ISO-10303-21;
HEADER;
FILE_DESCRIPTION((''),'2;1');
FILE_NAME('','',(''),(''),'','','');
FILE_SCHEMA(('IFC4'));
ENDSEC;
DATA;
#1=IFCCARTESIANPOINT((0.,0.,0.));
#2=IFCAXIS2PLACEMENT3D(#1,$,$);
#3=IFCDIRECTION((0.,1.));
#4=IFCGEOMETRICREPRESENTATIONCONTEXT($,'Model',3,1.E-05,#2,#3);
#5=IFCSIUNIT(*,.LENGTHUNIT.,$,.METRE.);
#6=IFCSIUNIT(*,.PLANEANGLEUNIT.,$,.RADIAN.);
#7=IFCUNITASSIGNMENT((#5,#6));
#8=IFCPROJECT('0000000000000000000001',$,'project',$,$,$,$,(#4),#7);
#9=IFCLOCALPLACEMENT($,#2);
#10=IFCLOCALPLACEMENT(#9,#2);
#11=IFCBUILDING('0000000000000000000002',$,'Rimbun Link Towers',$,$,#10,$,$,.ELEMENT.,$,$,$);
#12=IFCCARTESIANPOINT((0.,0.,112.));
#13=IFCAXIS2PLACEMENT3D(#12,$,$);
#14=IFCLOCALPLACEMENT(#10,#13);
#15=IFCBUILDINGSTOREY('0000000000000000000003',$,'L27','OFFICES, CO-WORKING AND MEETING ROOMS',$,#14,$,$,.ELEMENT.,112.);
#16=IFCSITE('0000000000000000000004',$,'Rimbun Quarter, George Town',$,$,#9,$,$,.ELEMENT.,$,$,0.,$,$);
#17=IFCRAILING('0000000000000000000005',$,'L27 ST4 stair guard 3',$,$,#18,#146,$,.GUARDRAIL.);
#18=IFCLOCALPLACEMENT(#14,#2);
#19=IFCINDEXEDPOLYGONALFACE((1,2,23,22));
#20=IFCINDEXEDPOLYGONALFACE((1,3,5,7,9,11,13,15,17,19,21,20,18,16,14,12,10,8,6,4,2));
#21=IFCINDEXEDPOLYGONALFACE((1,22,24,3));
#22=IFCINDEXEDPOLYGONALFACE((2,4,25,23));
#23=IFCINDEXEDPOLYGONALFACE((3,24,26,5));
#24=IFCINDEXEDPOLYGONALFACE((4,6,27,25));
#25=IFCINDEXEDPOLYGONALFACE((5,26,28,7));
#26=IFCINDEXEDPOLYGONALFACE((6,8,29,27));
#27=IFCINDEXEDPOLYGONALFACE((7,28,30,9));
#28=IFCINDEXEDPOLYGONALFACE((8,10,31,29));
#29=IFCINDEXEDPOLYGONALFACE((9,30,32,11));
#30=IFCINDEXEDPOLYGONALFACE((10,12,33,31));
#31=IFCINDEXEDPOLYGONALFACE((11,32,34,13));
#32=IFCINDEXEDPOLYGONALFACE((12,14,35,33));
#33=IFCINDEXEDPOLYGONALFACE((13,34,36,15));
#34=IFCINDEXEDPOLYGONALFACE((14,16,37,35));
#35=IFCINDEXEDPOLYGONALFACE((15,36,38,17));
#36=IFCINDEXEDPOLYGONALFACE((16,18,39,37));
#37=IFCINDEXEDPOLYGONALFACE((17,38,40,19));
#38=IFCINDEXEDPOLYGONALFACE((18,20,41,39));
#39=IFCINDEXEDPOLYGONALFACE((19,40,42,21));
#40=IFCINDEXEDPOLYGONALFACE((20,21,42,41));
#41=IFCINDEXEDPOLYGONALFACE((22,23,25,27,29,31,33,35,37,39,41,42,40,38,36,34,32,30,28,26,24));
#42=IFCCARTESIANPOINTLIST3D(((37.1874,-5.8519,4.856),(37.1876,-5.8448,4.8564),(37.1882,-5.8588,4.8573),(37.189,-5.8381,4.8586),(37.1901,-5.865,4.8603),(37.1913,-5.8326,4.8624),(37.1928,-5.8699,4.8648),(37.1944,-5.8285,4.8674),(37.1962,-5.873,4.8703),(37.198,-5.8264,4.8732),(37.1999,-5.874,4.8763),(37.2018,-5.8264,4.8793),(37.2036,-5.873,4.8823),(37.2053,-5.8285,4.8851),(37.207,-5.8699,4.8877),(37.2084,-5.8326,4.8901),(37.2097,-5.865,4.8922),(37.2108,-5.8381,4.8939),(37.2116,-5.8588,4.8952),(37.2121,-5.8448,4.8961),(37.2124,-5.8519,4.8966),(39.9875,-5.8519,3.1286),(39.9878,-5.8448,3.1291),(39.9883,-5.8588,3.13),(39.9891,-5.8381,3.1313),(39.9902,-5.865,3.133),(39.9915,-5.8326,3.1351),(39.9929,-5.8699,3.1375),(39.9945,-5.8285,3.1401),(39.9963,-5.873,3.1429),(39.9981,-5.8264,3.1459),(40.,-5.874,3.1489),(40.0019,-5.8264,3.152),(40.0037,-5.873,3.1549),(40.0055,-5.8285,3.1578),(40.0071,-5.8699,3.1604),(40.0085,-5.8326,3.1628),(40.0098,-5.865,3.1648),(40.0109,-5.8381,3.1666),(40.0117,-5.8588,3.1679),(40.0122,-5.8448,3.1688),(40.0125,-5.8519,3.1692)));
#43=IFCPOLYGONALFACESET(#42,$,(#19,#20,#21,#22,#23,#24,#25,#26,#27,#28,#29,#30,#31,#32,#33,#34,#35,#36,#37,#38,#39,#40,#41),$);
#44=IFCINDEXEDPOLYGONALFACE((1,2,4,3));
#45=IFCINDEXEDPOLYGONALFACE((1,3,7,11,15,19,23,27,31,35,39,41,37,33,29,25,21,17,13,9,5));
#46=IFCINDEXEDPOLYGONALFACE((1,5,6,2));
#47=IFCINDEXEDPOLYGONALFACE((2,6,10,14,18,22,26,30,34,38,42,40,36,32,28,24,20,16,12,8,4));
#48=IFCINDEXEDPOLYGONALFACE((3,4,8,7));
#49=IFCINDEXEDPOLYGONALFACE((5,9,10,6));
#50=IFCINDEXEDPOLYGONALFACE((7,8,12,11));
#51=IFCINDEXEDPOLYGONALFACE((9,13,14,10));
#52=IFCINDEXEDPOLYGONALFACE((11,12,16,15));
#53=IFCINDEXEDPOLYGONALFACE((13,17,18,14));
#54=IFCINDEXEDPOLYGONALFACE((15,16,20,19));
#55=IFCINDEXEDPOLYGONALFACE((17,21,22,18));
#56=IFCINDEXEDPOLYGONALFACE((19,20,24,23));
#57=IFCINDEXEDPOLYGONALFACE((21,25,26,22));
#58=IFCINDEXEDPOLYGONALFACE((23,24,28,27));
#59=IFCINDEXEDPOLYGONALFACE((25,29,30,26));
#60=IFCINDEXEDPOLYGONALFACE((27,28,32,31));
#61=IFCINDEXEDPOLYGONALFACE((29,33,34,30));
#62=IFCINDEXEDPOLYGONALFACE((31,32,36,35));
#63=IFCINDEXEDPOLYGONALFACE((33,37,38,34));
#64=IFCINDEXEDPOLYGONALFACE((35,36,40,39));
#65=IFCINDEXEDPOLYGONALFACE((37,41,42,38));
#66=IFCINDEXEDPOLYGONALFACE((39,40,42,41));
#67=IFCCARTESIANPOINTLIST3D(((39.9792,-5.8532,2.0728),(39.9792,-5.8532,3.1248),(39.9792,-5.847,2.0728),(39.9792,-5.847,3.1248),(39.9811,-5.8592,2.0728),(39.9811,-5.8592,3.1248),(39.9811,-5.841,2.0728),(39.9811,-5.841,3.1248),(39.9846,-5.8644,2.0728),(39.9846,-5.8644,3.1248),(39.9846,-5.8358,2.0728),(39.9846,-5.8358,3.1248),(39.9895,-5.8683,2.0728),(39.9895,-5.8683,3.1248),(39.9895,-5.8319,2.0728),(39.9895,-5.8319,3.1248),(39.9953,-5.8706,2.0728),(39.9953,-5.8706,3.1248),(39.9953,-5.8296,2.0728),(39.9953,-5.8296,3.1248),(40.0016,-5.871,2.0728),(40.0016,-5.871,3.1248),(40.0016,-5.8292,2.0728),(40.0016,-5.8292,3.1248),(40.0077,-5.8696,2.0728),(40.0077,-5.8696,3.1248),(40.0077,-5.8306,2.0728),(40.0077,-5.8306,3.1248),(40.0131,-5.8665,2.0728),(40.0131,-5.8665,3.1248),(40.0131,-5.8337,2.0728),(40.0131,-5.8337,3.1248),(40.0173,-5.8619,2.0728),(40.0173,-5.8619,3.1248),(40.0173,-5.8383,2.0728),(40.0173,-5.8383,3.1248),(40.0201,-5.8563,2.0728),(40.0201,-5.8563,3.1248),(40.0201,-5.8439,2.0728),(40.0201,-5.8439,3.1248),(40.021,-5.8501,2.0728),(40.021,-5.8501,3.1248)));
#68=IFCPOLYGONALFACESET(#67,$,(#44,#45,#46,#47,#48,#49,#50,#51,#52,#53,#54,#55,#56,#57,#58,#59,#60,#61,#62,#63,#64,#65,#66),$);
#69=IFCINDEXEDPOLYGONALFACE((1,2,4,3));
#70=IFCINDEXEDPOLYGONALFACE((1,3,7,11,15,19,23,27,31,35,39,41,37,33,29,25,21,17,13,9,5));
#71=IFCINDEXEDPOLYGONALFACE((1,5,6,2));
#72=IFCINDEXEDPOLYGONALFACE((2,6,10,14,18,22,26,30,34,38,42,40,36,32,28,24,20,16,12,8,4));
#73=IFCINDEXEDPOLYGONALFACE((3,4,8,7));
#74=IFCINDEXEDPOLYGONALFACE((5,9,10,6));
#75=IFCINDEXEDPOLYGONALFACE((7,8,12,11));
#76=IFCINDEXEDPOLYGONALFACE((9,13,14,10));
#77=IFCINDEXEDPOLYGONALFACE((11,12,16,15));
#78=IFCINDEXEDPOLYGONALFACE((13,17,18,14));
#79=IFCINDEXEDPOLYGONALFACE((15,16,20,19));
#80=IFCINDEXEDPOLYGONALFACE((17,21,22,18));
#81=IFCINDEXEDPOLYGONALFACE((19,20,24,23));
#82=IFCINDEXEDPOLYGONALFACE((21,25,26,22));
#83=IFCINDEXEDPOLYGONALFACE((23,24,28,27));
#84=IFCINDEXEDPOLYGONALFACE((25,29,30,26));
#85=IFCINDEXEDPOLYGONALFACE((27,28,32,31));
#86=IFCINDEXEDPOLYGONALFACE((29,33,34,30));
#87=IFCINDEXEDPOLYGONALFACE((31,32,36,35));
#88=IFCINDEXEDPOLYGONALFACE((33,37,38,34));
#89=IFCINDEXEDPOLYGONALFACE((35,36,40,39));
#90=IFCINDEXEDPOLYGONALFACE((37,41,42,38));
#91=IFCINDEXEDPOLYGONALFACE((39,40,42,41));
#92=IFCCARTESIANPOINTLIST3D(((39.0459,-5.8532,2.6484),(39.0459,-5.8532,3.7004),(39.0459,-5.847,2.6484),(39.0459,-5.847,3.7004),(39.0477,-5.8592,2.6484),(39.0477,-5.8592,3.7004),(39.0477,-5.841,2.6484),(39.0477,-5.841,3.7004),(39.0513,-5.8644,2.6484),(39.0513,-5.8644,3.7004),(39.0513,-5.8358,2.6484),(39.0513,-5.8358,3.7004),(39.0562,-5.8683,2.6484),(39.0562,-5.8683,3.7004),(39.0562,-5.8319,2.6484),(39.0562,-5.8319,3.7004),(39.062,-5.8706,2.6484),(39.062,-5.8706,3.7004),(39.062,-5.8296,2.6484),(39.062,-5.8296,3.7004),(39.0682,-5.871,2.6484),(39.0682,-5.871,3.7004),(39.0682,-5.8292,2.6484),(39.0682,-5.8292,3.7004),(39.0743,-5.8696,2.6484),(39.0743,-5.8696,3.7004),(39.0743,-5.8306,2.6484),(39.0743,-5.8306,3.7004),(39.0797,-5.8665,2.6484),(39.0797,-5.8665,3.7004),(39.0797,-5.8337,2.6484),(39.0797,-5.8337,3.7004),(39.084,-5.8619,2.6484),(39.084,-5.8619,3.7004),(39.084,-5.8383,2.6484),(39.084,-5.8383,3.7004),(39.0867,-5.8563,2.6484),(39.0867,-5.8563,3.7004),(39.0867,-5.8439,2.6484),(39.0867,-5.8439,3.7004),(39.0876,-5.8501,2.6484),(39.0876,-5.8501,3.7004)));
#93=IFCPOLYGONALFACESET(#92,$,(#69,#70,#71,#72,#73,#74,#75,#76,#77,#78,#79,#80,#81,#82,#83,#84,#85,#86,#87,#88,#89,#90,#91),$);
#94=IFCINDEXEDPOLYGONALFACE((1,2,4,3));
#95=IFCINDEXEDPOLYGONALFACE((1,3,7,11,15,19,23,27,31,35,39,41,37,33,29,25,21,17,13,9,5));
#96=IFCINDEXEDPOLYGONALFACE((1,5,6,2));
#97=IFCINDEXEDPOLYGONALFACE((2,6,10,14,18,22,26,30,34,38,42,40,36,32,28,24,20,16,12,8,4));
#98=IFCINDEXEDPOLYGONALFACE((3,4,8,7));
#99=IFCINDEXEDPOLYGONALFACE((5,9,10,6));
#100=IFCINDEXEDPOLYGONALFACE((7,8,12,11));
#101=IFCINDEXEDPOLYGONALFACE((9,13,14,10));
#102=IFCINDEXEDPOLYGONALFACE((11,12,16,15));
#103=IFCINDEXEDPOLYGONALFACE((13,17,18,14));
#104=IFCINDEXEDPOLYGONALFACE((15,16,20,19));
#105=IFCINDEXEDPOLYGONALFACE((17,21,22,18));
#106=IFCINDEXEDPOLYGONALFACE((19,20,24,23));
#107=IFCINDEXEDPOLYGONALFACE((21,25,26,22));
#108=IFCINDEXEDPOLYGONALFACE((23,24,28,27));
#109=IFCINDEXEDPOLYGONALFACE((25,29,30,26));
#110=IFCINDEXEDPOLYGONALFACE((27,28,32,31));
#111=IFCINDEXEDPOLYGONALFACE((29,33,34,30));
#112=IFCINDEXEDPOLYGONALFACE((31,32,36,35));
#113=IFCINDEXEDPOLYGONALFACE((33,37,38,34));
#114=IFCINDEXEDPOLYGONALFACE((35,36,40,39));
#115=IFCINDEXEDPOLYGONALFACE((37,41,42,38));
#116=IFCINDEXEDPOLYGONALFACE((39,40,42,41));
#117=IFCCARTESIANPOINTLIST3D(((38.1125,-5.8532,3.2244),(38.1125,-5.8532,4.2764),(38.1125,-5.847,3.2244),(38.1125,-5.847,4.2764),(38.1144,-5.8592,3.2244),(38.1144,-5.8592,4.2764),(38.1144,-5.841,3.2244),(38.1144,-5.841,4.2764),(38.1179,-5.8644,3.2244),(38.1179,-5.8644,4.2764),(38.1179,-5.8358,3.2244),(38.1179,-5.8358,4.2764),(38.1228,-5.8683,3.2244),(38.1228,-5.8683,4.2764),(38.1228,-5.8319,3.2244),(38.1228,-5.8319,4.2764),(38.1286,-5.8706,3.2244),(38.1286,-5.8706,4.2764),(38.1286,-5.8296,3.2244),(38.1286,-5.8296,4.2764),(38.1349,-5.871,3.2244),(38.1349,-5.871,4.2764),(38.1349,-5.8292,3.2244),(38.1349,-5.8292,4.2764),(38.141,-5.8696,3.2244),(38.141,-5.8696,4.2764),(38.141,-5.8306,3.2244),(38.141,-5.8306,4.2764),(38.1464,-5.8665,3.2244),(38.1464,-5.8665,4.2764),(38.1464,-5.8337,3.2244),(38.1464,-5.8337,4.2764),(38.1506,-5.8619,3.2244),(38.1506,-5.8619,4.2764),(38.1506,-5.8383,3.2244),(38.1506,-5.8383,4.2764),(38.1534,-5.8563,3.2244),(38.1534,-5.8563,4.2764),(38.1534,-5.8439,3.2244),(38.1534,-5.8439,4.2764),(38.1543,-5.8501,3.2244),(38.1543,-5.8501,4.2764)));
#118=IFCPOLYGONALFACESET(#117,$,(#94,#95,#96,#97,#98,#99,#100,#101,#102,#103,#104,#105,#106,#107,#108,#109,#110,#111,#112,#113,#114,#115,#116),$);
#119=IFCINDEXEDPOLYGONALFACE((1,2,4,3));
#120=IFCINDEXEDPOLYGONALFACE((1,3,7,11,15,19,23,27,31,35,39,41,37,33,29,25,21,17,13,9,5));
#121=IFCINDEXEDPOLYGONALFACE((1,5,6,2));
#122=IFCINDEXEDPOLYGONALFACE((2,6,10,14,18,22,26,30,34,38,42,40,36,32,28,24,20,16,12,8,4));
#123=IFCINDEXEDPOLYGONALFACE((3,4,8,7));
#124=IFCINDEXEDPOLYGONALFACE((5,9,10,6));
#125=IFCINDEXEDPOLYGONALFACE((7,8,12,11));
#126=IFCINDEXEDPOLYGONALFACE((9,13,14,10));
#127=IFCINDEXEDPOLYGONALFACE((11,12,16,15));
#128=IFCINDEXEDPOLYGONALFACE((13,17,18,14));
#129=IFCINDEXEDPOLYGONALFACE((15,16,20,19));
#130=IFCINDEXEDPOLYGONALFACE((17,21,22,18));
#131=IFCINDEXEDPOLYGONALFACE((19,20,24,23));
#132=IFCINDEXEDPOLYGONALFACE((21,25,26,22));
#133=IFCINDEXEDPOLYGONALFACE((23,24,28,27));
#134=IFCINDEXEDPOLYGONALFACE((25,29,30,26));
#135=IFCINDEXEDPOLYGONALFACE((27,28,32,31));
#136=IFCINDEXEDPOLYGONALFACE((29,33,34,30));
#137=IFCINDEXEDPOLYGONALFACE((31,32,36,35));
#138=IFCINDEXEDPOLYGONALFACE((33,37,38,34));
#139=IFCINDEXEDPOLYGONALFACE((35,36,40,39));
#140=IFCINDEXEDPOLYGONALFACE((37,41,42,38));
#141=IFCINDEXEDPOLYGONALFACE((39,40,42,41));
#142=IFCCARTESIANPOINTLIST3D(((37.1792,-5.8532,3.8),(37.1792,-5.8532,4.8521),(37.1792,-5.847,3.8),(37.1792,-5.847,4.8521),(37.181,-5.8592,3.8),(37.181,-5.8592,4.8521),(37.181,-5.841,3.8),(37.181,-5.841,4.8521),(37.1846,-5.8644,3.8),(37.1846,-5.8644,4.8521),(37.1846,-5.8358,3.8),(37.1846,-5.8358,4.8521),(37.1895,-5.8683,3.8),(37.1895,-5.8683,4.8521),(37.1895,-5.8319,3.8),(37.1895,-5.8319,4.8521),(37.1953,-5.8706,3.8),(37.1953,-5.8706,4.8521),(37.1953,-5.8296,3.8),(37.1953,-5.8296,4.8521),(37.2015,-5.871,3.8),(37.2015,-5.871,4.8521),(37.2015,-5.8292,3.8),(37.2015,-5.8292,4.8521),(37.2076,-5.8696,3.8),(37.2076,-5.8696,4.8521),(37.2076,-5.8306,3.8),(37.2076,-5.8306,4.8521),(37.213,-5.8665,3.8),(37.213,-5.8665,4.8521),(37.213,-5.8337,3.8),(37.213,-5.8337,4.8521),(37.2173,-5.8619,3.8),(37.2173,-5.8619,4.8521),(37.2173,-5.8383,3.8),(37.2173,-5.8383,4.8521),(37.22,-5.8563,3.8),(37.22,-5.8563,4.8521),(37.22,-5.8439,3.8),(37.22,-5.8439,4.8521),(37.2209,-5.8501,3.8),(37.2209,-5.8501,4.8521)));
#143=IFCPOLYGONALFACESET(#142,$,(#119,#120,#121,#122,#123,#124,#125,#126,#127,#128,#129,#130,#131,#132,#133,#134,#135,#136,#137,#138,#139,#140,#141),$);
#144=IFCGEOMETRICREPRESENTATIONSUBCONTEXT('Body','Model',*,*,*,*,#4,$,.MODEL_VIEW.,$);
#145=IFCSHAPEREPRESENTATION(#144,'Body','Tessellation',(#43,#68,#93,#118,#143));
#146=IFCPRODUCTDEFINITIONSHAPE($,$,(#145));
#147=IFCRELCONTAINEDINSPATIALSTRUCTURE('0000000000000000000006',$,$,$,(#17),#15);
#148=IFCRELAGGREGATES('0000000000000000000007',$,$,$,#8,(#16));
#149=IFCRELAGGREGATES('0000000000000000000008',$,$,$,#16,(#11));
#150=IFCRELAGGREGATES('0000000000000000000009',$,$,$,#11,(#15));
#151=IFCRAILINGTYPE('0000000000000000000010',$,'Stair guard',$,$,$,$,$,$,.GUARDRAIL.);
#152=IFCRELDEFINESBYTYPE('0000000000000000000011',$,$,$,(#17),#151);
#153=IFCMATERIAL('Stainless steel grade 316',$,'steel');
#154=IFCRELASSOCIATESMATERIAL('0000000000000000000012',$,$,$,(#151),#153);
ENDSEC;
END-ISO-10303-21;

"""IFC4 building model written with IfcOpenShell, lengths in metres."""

from ifc_helpers import new_model, si_unit, direction, frame, origin, origin_2d, place, context, subcontext, project, spatial, circle, extrude, material, type_object, element, save


model = new_model("IFC4")

# Units and contexts
model_context = context("Model", 3, precision=1e-05, world=origin(), true_north=direction((0.0, 1.0)))
body_context = subcontext(model_context, "Body", "Model", "MODEL_VIEW")
ifc_project = project(units=[si_unit("LENGTHUNIT", "METRE"), si_unit("PLANEANGLEUNIT", "RADIAN")], contexts=[model_context])

# Site, building, storey
site_placement = place(None, origin())
site = spatial("IfcSite", under=ifc_project, at=site_placement, Name="Rimbun Quarter, George Town", CompositionType="ELEMENT", RefElevation=0.0)
building_placement = place(site_placement, origin())
building = spatial("IfcBuilding", under=site, at=building_placement, Name="Rimbun Link Towers", CompositionType="ELEMENT")
storey_placement = place(building_placement, frame((0.0, 0.0, 112.0)))
storey = spatial("IfcBuildingStorey", under=building, at=storey_placement, Name="L27", Description="OFFICES, CO-WORKING AND MEETING ROOMS", CompositionType="ELEMENT", Elevation=112.0)

# Railing
ifc_material_1 = material(Name="Stainless steel grade 316", Category="steel")
railing_type_1 = type_object("IfcRailingType", Name="Stair guard", PredefinedType="GUARDRAIL", material=ifc_material_1)
railing_1_placement = place(storey_placement, frame((40.0, -5.8501, 2.0728)))
element("IfcRailing", 1, at=railing_1_placement, inside=storey, type_object=railing_type_1, Name="L27 ST4 stair guard 3", PredefinedType="GUARDRAIL", context=body_context, shape_type="SweptSolid", body=[
    extrude(circle(Radius=0.0239, at=origin_2d()), frame((0.0, 0.0, 1.0762), z_axis=(-0.85109, 0.0, 0.52502), x_axis=(0.0, -1.0, 0.0)), (0.0, 0.0, 1.0), 3.29),
    extrude(circle(Radius=0.021, at=origin_2d()), origin(), (0.0, 0.0, 1.0), 1.052),
    extrude(circle(Radius=0.021, at=origin_2d()), frame((-0.9333, 0.0, 0.5757)), (0.0, 0.0, 1.0), 1.052),
    extrude(circle(Radius=0.021, at=origin_2d()), frame((-1.8667, 0.0, 1.1516)), (0.0, 0.0, 1.0), 1.052),
    extrude(circle(Radius=0.021, at=origin_2d()), frame((-2.8, 0.0, 1.7273)), (0.0, 0.0, 1.0), 1.052),
])

save(model, "model.ifc")
